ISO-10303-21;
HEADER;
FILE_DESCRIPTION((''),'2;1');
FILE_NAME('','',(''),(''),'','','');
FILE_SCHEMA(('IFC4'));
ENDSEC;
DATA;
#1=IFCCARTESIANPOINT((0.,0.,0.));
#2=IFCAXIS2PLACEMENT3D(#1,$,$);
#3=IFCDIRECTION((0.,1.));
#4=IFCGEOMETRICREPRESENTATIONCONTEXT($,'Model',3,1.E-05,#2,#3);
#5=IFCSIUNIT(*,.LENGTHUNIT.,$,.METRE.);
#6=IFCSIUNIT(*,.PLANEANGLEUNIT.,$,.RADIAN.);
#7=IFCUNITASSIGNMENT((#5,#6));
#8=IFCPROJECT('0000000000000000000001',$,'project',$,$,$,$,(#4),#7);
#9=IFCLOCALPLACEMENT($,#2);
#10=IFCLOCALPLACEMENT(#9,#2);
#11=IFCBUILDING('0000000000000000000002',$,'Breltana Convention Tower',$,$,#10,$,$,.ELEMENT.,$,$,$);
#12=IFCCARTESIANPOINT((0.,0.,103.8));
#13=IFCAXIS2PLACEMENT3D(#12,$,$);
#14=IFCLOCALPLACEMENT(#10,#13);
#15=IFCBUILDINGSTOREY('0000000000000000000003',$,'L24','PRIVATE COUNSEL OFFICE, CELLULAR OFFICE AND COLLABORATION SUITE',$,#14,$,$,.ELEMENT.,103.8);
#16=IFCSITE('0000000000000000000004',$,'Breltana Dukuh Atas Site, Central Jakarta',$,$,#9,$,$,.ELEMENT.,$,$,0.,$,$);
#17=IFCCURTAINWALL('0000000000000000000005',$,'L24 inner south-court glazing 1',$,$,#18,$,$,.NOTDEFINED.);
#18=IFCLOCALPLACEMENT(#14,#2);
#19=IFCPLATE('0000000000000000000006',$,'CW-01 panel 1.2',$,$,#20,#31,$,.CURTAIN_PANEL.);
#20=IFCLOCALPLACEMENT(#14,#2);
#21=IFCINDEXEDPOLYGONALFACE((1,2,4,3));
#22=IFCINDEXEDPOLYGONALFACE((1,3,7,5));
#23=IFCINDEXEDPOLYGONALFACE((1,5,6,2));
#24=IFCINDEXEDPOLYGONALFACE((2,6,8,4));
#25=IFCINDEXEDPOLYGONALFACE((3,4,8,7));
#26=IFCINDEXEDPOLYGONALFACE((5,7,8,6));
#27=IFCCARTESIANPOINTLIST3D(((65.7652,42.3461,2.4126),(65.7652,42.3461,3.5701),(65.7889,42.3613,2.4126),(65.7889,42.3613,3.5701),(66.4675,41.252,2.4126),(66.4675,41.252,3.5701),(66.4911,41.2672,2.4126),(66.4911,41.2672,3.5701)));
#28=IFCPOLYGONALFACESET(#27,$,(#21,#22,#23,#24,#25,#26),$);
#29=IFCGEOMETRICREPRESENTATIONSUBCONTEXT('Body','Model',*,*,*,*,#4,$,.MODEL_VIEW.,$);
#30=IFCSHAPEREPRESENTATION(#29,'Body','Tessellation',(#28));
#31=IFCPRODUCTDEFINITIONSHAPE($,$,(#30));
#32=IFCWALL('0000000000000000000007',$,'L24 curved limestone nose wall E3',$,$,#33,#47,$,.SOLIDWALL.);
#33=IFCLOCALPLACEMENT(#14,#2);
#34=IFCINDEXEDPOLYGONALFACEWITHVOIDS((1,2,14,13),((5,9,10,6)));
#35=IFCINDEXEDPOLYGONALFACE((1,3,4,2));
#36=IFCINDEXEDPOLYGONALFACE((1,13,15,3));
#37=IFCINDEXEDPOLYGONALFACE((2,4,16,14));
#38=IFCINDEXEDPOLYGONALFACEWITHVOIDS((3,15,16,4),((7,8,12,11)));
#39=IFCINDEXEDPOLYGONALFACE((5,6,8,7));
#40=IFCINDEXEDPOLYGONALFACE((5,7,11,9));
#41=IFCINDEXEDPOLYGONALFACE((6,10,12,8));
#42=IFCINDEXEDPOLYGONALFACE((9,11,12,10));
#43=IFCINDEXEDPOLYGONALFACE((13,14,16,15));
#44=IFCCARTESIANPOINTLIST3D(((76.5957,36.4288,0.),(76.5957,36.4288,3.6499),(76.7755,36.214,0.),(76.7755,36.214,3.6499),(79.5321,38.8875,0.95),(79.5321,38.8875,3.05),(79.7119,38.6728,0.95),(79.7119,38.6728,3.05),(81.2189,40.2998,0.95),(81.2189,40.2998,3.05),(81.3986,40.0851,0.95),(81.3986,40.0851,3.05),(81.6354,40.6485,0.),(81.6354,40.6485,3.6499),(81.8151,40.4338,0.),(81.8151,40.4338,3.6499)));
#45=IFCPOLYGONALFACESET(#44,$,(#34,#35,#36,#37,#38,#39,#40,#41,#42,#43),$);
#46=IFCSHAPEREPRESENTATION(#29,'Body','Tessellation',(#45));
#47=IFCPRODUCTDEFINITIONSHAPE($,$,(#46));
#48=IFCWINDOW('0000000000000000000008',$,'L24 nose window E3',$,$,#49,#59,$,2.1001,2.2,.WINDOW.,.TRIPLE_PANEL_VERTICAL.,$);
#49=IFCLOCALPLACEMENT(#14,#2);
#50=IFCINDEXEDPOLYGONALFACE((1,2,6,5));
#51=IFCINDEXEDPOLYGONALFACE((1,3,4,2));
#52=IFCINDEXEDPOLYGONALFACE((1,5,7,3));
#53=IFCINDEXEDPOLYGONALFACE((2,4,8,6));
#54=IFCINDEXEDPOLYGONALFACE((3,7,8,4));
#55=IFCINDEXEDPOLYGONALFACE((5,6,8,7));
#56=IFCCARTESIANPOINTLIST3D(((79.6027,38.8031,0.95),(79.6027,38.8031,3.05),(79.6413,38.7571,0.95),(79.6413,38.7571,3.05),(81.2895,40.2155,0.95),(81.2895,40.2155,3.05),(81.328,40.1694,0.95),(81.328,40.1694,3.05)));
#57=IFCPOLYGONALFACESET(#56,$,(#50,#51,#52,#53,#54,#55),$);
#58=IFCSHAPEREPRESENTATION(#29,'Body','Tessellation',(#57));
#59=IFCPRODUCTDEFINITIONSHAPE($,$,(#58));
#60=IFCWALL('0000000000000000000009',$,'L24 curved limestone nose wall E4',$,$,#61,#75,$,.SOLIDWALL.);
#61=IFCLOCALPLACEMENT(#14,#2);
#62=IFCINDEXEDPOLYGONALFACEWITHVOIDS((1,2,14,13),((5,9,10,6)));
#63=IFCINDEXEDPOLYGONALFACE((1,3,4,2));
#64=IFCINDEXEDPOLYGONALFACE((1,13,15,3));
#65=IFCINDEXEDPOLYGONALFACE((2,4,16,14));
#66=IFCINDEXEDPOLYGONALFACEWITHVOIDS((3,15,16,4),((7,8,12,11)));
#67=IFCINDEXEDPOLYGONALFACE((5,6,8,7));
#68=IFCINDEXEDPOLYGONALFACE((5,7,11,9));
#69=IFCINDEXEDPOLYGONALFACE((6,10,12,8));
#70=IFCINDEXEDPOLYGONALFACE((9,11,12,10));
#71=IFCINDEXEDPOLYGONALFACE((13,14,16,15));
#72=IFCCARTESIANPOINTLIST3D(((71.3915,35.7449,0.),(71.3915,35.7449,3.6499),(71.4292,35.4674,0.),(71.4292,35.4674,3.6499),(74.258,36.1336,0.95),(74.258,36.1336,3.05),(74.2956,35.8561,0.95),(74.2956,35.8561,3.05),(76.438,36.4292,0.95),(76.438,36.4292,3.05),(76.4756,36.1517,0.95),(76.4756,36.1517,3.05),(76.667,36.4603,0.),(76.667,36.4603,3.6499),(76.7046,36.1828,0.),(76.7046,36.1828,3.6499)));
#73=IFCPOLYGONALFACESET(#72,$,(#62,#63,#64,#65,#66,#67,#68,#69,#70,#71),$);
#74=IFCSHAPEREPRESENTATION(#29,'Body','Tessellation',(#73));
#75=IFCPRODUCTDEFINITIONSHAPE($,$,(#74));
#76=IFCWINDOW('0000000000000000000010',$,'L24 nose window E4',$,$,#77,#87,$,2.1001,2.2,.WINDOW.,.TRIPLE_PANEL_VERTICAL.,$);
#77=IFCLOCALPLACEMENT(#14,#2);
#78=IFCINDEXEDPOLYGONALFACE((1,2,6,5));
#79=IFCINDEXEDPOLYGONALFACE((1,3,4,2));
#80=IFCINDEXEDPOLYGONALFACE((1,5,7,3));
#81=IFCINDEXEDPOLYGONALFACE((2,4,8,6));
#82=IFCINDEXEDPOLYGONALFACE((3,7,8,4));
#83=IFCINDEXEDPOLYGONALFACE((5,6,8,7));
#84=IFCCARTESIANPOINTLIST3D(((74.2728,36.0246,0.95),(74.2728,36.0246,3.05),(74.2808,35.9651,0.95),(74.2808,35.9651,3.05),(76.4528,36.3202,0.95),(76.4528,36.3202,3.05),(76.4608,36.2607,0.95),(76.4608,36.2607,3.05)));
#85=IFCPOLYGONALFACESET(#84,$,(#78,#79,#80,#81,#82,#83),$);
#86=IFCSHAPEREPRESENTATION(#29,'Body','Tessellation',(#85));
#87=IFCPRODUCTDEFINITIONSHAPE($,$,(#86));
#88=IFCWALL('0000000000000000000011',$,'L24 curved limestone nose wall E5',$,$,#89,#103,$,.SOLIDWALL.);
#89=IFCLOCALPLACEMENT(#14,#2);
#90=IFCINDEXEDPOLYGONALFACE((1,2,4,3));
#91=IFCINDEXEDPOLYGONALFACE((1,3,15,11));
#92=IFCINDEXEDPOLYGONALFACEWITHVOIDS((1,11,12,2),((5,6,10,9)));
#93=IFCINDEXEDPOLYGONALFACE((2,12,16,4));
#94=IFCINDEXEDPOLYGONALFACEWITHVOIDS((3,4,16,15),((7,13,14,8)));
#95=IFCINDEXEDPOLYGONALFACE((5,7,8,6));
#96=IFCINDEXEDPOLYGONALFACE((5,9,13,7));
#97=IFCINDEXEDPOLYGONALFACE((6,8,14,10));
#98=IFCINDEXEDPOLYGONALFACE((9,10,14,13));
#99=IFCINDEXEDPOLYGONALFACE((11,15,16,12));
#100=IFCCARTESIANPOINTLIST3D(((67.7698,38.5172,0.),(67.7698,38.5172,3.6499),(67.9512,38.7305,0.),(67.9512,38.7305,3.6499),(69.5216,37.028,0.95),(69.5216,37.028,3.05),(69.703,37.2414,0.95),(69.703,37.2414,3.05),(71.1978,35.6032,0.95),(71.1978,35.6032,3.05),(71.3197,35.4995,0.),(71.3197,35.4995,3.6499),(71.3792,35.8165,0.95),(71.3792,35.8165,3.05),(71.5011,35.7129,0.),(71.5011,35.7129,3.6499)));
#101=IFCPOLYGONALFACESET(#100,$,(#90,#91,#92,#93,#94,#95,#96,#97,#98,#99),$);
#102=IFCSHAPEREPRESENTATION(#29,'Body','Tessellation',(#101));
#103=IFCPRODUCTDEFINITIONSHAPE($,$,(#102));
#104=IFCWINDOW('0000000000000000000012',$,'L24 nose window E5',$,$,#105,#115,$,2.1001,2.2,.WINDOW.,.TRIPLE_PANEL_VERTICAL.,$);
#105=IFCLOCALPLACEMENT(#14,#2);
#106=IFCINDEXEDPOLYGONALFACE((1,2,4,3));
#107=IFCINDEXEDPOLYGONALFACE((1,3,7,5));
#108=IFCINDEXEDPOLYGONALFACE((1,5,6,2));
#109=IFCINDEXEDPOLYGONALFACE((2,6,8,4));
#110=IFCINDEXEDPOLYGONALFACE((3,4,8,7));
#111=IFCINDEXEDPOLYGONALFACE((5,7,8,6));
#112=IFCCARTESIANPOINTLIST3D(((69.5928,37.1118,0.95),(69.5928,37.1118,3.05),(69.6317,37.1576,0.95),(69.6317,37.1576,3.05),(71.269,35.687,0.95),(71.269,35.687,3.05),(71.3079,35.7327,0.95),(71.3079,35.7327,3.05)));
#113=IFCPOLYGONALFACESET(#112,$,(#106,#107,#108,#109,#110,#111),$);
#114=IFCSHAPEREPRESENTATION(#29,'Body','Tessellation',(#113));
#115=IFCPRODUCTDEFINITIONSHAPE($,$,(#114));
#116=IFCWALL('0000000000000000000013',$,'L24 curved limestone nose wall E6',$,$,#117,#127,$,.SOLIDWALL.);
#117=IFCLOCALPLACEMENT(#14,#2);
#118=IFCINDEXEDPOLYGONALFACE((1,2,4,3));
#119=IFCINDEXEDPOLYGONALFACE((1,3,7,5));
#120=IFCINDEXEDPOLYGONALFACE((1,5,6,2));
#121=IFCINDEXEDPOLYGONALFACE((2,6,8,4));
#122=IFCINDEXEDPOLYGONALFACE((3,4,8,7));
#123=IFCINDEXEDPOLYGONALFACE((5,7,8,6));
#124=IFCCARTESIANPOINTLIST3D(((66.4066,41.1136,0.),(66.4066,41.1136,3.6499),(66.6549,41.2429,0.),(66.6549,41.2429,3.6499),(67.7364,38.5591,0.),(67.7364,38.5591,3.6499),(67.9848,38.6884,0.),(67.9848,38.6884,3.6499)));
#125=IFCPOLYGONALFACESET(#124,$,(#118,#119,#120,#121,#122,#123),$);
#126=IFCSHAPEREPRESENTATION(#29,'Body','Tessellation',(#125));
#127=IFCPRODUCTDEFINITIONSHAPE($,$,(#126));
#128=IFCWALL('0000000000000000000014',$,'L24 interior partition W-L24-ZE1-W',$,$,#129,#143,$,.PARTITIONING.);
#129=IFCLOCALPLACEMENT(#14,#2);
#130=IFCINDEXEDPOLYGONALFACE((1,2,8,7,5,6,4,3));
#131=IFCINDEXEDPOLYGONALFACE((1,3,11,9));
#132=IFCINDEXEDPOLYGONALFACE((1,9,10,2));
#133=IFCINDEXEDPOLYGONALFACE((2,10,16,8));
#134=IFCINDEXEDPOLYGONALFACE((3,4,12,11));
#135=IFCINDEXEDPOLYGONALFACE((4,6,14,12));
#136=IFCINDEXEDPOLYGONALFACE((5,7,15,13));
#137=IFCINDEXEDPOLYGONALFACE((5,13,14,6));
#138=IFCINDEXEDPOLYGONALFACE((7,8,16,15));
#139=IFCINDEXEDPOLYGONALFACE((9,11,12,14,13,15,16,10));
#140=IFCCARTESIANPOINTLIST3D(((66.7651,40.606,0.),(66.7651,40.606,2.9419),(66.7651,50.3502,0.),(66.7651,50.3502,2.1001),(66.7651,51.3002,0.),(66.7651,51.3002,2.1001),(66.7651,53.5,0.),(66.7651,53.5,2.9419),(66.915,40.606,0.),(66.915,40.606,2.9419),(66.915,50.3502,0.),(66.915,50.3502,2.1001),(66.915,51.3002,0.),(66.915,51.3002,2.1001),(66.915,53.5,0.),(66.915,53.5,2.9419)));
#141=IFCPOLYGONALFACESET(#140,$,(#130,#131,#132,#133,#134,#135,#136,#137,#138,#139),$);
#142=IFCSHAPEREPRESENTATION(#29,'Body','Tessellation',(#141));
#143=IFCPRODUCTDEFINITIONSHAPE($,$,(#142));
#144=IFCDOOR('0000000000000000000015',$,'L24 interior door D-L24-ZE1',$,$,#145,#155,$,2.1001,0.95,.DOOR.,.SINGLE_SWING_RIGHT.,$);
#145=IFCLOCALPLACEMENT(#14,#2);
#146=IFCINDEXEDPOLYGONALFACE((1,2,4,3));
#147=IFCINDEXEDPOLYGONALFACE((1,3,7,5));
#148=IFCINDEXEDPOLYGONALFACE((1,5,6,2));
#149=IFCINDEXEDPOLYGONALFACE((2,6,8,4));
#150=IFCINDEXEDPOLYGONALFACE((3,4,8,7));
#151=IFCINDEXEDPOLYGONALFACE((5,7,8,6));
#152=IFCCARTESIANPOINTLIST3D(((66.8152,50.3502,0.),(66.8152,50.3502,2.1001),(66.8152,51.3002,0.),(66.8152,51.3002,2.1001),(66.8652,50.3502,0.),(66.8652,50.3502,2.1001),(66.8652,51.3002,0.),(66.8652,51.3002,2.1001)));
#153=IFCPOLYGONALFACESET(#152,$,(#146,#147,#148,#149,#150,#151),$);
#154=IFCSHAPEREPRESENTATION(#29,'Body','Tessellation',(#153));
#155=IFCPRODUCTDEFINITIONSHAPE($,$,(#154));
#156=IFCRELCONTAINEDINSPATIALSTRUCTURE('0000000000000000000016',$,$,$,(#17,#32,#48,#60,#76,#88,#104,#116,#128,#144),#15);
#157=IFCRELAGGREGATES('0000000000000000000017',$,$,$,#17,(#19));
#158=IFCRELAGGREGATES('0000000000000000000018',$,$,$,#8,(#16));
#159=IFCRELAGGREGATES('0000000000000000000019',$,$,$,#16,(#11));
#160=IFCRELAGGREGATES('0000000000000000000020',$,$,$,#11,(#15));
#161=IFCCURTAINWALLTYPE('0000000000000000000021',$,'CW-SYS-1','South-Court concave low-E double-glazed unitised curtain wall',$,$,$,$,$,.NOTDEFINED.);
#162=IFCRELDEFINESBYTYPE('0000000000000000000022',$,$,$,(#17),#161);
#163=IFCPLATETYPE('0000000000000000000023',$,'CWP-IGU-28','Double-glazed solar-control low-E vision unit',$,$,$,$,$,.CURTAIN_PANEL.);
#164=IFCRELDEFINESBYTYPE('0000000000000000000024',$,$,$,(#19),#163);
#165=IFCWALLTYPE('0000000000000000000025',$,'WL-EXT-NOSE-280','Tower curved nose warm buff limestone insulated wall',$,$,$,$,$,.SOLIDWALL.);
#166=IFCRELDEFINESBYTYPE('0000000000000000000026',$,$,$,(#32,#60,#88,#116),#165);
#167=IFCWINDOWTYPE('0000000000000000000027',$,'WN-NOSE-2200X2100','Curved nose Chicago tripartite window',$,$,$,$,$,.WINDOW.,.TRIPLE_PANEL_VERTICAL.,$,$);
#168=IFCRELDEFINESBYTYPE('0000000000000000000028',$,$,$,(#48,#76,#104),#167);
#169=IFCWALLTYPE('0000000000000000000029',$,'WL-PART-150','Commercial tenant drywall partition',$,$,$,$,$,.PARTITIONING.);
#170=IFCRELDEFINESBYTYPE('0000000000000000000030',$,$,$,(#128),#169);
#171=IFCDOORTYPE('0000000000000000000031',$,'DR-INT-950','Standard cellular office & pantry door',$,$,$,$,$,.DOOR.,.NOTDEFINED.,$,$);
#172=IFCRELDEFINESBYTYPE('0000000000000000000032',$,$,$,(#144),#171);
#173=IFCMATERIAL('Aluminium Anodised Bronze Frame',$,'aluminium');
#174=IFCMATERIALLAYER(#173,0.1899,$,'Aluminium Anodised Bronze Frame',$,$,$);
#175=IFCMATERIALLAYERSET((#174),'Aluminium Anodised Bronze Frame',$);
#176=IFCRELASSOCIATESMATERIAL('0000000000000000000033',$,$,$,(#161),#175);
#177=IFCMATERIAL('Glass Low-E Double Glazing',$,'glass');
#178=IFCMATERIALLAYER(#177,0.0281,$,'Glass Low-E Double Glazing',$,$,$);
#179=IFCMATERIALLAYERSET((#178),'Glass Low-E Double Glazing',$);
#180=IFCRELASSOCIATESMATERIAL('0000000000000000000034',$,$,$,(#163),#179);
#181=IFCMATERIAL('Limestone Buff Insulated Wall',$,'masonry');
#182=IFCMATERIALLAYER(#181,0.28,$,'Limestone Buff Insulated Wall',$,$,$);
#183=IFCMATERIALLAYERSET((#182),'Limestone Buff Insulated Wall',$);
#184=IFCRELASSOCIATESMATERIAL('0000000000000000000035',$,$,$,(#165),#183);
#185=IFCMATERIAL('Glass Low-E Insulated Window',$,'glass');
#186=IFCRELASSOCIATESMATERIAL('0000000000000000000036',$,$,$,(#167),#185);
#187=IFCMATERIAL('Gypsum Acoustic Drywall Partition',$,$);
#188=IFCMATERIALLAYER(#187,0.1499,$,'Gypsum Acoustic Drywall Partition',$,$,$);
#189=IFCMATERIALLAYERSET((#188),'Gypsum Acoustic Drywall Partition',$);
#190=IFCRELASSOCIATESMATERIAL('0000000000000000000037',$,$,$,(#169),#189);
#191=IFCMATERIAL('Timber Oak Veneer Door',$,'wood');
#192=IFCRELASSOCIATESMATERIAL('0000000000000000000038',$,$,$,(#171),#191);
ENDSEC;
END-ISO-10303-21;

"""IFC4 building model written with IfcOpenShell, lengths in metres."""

from ifc_helpers import new_model, si_unit, direction, frame, frame_2d, origin, origin_2d, place, context, subcontext, project, spatial, rectangle, extrude, source, transform, mapped, material, layer, layer_set, type_object, type_shapes, element, fill, aggregate, save


model = new_model("IFC4")

# Units and contexts
model_context = context("Model", 3, precision=1e-05, world=origin(), true_north=direction((0.0, 1.0)))
body_context = subcontext(model_context, "Body", "Model", "MODEL_VIEW")
ifc_project = project(units=[si_unit("LENGTHUNIT", "METRE"), si_unit("PLANEANGLEUNIT", "RADIAN")], contexts=[model_context])

# Site, building, storey
site_placement = place(None, origin())
site = spatial("IfcSite", under=ifc_project, at=site_placement, Name="Breltana Dukuh Atas Site, Central Jakarta", CompositionType="ELEMENT", RefElevation=0.0)
building_placement = place(site_placement, origin())
building = spatial("IfcBuilding", under=site, at=building_placement, Name="Breltana Convention Tower", CompositionType="ELEMENT")
storey_placement = place(building_placement, frame((0.0, 0.0, 103.8)))
storey = spatial("IfcBuildingStorey", under=building, at=storey_placement, Name="L24", Description="PRIVATE COUNSEL OFFICE, CELLULAR OFFICE AND COLLABORATION SUITE", CompositionType="ELEMENT", Elevation=103.8)

# Curtain wall, plate
ifc_material_1 = material(Name="Aluminium Anodised Bronze Frame", Category="aluminium")
ifc_layer_1 = layer(ifc_material_1, 0.1899, Name="Aluminium Anodised Bronze Frame")
ifc_layer_set_1 = layer_set([ifc_layer_1], Name="Aluminium Anodised Bronze Frame")
curtain_wall_type = type_object("IfcCurtainWallType", Name="CW-SYS-1", Description="South-Court concave low-E double-glazed unitised curtain wall", PredefinedType="NOTDEFINED", material=ifc_layer_set_1)
curtain_wall_placement = place(storey_placement, origin())
curtain_wall = element("IfcCurtainWall", 1, at=curtain_wall_placement, inside=storey, type_object=curtain_wall_type, Name="L24 inner south-court glazing 1", PredefinedType="NOTDEFINED")
ifc_material_2 = material(Name="Glass Low-E Double Glazing", Category="glass")
ifc_layer_2 = layer(ifc_material_2, 0.0281, Name="Glass Low-E Double Glazing")
ifc_layer_set_2 = layer_set([ifc_layer_2], Name="Glass Low-E Double Glazing")
plate_type = type_object("IfcPlateType", Name="CWP-IGU-28", Description="Double-glazed solar-control low-E vision unit", PredefinedType="CURTAIN_PANEL", material=ifc_layer_set_2)
shared_shape_1 = source(origin(), body_context, "Body", "SweptSolid", [
    extrude(rectangle(XDim=1.3, YDim=0.0281, at=origin_2d()), origin(), (0.0, 0.0, 1.0), 1.1575),
])
plate_1_placement = place(storey_placement, frame((66.1282, 41.8066, 2.4126), z_axis=(0.0, 0.0, 1.0), x_axis=(-0.540177, 0.841551, 0.0)))
plate_1 = element("IfcPlate", 2, at=plate_1_placement, type_object=plate_type, Name="CW-01 panel 1.2", PredefinedType="CURTAIN_PANEL", context=body_context, shape_type="MappedRepresentation", body=[
    mapped(shared_shape_1, transform((0.0, 0.0, 0.0), scale=1.0)),
])
aggregate(curtain_wall, [plate_1])

# Walls, openings, windows
ifc_material_3 = material(Name="Limestone Buff Insulated Wall", Category="masonry")
ifc_layer_3 = layer(ifc_material_3, 0.28, Name="Limestone Buff Insulated Wall")
ifc_layer_set_3 = layer_set([ifc_layer_3], Name="Limestone Buff Insulated Wall")
wall_type_1 = type_object("IfcWallType", Name="WL-EXT-NOSE-280", Description="Tower curved nose warm buff limestone insulated wall", PredefinedType="SOLIDWALL", material=ifc_layer_set_3)
shared_shape_2 = source(origin(), body_context, "Body", "SweptSolid", [
    extrude(rectangle(XDim=6.573, YDim=0.28, at=frame_2d((3.2866, 0.0))), origin(), (0.0, 0.0, 1.0), 3.6499),
])
wall_1_placement = place(storey_placement, frame((81.7253, 40.5413, 0.0), z_axis=(0.0, 0.0, 1.0), x_axis=(-0.766715, -0.641987, 0.0)))
wall_1 = element("IfcWall", 3, at=wall_1_placement, inside=storey, type_object=wall_type_1, Name="L24 curved limestone nose wall E3", PredefinedType="SOLIDWALL", context=body_context, shape_type="MappedRepresentation", body=[
    mapped(shared_shape_2, transform((0.0, 0.0, 0.0), scale=1.0)),
])
opening_1_placement = place(wall_1_placement, frame((0.5432, 0.0, 0.95)))
opening_1 = element("IfcOpeningElement", 4, at=opening_1_placement, cuts=wall_1, PredefinedType="OPENING", context=body_context, shape_type="SweptSolid", body=[
    extrude(rectangle(XDim=2.2, YDim=2.1001, at=frame_2d((1.1001, 1.05))), frame((0.0, 0.1499, 0.0), z_axis=(0.0, -1.0, 0.0), x_axis=(1.0, 0.0, 0.0)), (0.0, 0.0, 1.0), 0.3),
])
ifc_material_4 = material(Name="Glass Low-E Insulated Window", Category="glass")
window_type = type_object("IfcWindowType", Name="WN-NOSE-2200X2100", Description="Curved nose Chicago tripartite window", PartitioningType="TRIPLE_PANEL_VERTICAL", PredefinedType="WINDOW", material=ifc_material_4)
shared_shape_3 = source(origin(), body_context, "Body", "SweptSolid", [
    extrude(rectangle(XDim=2.2, YDim=2.1001, at=frame_2d((1.1001, 1.05))), frame((0.0, 0.03, 0.0), z_axis=(0.0, -1.0, 0.0), x_axis=(1.0, 0.0, 0.0)), (0.0, 0.0, 1.0), 0.0601),
])
type_shapes(window_type, [shared_shape_3])
window_1_placement = place(opening_1_placement, origin())
window_1 = element("IfcWindow", 5, at=window_1_placement, inside=storey, type_object=window_type, Name="L24 nose window E3", OverallHeight=2.1001, OverallWidth=2.2, PartitioningType="TRIPLE_PANEL_VERTICAL", PredefinedType="WINDOW", context=body_context, shape_type="MappedRepresentation", body=[
    mapped(shared_shape_3, transform((0.0, 0.0, 0.0), scale=1.0)),
])
fill(opening_1, window_1)
shared_shape_4 = source(origin(), body_context, "Body", "SweptSolid", [
    extrude(rectangle(XDim=5.3237, YDim=0.28, at=frame_2d((2.6619, 0.0))), origin(), (0.0, 0.0, 1.0), 3.6499),
])
wall_2_placement = place(storey_placement, frame((76.6858, 36.3215, 0.0), z_axis=(0.0, 0.0, 1.0), x_axis=(-0.990931, -0.134368, 0.0)))
wall_2 = element("IfcWall", 6, at=wall_2_placement, inside=storey, type_object=wall_type_1, Name="L24 curved limestone nose wall E4", PredefinedType="SOLIDWALL", context=body_context, shape_type="MappedRepresentation", body=[
    mapped(shared_shape_4, transform((0.0, 0.0, 0.0), scale=1.0)),
])
opening_2_placement = place(wall_2_placement, frame((0.231, 0.0, 0.95)))
opening_2 = element("IfcOpeningElement", 7, at=opening_2_placement, cuts=wall_2, PredefinedType="OPENING", context=body_context, shape_type="SweptSolid", body=[
    extrude(rectangle(XDim=2.2, YDim=2.1001, at=frame_2d((1.1001, 1.05))), frame((0.0, 0.1499, 0.0), z_axis=(0.0, -1.0, 0.0), x_axis=(1.0, 0.0, 0.0)), (0.0, 0.0, 1.0), 0.3),
])
window_2_placement = place(opening_2_placement, origin())
window_2 = element("IfcWindow", 8, at=window_2_placement, inside=storey, type_object=window_type, Name="L24 nose window E4", OverallHeight=2.1001, OverallWidth=2.2, PartitioningType="TRIPLE_PANEL_VERTICAL", PredefinedType="WINDOW", context=body_context, shape_type="MappedRepresentation", body=[
    mapped(shared_shape_3, transform((0.0, 0.0, 0.0), scale=1.0)),
])
fill(opening_2, window_2)
shared_shape_5 = source(origin(), body_context, "Body", "SweptSolid", [
    extrude(rectangle(XDim=4.6592, YDim=0.28, at=frame_2d((2.3296, 0.0))), origin(), (0.0, 0.0, 1.0), 3.6499),
])
wall_3_placement = place(storey_placement, frame((71.4104, 35.6062, 0.0), z_axis=(0.0, 0.0, 1.0), x_axis=(-0.761913, 0.647679, 0.0)))
wall_3 = element("IfcWall", 9, at=wall_3_placement, inside=storey, type_object=wall_type_1, Name="L24 curved limestone nose wall E5", PredefinedType="SOLIDWALL", context=body_context, shape_type="MappedRepresentation", body=[
    mapped(shared_shape_5, transform((0.0, 0.0, 0.0), scale=1.0)),
])
opening_3_placement = place(wall_3_placement, frame((0.1599, 0.0, 0.95)))
opening_3 = element("IfcOpeningElement", 10, at=opening_3_placement, cuts=wall_3, PredefinedType="OPENING", context=body_context, shape_type="SweptSolid", body=[
    extrude(rectangle(XDim=2.2, YDim=2.1001, at=frame_2d((1.1001, 1.05))), frame((0.0, 0.1499, 0.0), z_axis=(0.0, -1.0, 0.0), x_axis=(1.0, 0.0, 0.0)), (0.0, 0.0, 1.0), 0.3),
])
window_3_placement = place(opening_3_placement, origin())
window_3 = element("IfcWindow", 11, at=window_3_placement, inside=storey, type_object=window_type, Name="L24 nose window E5", OverallHeight=2.1001, OverallWidth=2.2, PartitioningType="TRIPLE_PANEL_VERTICAL", PredefinedType="WINDOW", context=body_context, shape_type="MappedRepresentation", body=[
    mapped(shared_shape_3, transform((0.0, 0.0, 0.0), scale=1.0)),
])
fill(opening_3, window_3)

# Wall
shared_shape_6 = source(origin(), body_context, "Body", "SweptSolid", [
    extrude(rectangle(XDim=2.8799, YDim=0.28, at=frame_2d((1.4399, 0.0))), origin(), (0.0, 0.0, 1.0), 3.6499),
])
wall_4_placement = place(storey_placement, frame((67.8606, 38.6238, 0.0), z_axis=(0.0, 0.0, 1.0), x_axis=(-0.461769, 0.887, 0.0)))
element("IfcWall", 12, at=wall_4_placement, inside=storey, type_object=wall_type_1, Name="L24 curved limestone nose wall E6", PredefinedType="SOLIDWALL", context=body_context, shape_type="MappedRepresentation", body=[
    mapped(shared_shape_6, transform((0.0, 0.0, 0.0), scale=1.0)),
])

# Wall, opening, door
ifc_material_5 = material(Name="Gypsum Acoustic Drywall Partition")
ifc_layer_4 = layer(ifc_material_5, 0.1499, Name="Gypsum Acoustic Drywall Partition")
ifc_layer_set_4 = layer_set([ifc_layer_4], Name="Gypsum Acoustic Drywall Partition")
wall_type_2 = type_object("IfcWallType", Name="WL-PART-150", Description="Commercial tenant drywall partition", PredefinedType="PARTITIONING", material=ifc_layer_set_4)
shared_shape_7 = source(origin(), body_context, "Body", "SweptSolid", [
    extrude(rectangle(XDim=12.894, YDim=0.1499, at=frame_2d((6.447, 0.0))), origin(), (0.0, 0.0, 1.0), 2.9419),
])
wall_5_placement = place(storey_placement, frame((66.8401, 40.606, 0.0), z_axis=(0.0, 0.0, 1.0), x_axis=(0.0, 1.0, 0.0)))
wall_5 = element("IfcWall", 13, at=wall_5_placement, inside=storey, type_object=wall_type_2, Name="L24 interior partition W-L24-ZE1-W", PredefinedType="PARTITIONING", context=body_context, shape_type="MappedRepresentation", body=[
    mapped(shared_shape_7, transform((0.0, 0.0, 0.0), scale=1.0)),
])
opening_4_placement = place(wall_5_placement, frame((9.7441, 0.0, 0.0)))
opening_4 = element("IfcOpeningElement", 14, at=opening_4_placement, cuts=wall_5, PredefinedType="OPENING", context=body_context, shape_type="SweptSolid", body=[
    extrude(rectangle(XDim=0.95, YDim=2.1001, at=frame_2d((0.4751, 1.05))), frame((0.0, 0.085, 0.0), z_axis=(0.0, -1.0, 0.0), x_axis=(1.0, 0.0, 0.0)), (0.0, 0.0, 1.0), 0.1699),
])
ifc_material_6 = material(Name="Timber Oak Veneer Door", Category="wood")
door_type = type_object("IfcDoorType", Name="DR-INT-950", Description="Standard cellular office & pantry door", OperationType="NOTDEFINED", PredefinedType="DOOR", material=ifc_material_6)
shared_shape_8 = source(origin(), body_context, "Body", "SweptSolid", [
    extrude(rectangle(XDim=0.95, YDim=2.1001, at=frame_2d((0.4751, 1.05))), frame((0.0, 0.0249, 0.0), z_axis=(0.0, -1.0, 0.0), x_axis=(1.0, 0.0, 0.0)), (0.0, 0.0, 1.0), 0.05),
])
type_shapes(door_type, [shared_shape_8])
door_placement = place(opening_4_placement, origin())
door = element("IfcDoor", 15, at=door_placement, inside=storey, type_object=door_type, Name="L24 interior door D-L24-ZE1", OperationType="SINGLE_SWING_RIGHT", OverallHeight=2.1001, OverallWidth=0.95, PredefinedType="DOOR", context=body_context, shape_type="MappedRepresentation", body=[
    mapped(shared_shape_8, transform((0.0, 0.0, 0.0), scale=1.0)),
])
fill(opening_4, door)

save(model, "model.ifc")
